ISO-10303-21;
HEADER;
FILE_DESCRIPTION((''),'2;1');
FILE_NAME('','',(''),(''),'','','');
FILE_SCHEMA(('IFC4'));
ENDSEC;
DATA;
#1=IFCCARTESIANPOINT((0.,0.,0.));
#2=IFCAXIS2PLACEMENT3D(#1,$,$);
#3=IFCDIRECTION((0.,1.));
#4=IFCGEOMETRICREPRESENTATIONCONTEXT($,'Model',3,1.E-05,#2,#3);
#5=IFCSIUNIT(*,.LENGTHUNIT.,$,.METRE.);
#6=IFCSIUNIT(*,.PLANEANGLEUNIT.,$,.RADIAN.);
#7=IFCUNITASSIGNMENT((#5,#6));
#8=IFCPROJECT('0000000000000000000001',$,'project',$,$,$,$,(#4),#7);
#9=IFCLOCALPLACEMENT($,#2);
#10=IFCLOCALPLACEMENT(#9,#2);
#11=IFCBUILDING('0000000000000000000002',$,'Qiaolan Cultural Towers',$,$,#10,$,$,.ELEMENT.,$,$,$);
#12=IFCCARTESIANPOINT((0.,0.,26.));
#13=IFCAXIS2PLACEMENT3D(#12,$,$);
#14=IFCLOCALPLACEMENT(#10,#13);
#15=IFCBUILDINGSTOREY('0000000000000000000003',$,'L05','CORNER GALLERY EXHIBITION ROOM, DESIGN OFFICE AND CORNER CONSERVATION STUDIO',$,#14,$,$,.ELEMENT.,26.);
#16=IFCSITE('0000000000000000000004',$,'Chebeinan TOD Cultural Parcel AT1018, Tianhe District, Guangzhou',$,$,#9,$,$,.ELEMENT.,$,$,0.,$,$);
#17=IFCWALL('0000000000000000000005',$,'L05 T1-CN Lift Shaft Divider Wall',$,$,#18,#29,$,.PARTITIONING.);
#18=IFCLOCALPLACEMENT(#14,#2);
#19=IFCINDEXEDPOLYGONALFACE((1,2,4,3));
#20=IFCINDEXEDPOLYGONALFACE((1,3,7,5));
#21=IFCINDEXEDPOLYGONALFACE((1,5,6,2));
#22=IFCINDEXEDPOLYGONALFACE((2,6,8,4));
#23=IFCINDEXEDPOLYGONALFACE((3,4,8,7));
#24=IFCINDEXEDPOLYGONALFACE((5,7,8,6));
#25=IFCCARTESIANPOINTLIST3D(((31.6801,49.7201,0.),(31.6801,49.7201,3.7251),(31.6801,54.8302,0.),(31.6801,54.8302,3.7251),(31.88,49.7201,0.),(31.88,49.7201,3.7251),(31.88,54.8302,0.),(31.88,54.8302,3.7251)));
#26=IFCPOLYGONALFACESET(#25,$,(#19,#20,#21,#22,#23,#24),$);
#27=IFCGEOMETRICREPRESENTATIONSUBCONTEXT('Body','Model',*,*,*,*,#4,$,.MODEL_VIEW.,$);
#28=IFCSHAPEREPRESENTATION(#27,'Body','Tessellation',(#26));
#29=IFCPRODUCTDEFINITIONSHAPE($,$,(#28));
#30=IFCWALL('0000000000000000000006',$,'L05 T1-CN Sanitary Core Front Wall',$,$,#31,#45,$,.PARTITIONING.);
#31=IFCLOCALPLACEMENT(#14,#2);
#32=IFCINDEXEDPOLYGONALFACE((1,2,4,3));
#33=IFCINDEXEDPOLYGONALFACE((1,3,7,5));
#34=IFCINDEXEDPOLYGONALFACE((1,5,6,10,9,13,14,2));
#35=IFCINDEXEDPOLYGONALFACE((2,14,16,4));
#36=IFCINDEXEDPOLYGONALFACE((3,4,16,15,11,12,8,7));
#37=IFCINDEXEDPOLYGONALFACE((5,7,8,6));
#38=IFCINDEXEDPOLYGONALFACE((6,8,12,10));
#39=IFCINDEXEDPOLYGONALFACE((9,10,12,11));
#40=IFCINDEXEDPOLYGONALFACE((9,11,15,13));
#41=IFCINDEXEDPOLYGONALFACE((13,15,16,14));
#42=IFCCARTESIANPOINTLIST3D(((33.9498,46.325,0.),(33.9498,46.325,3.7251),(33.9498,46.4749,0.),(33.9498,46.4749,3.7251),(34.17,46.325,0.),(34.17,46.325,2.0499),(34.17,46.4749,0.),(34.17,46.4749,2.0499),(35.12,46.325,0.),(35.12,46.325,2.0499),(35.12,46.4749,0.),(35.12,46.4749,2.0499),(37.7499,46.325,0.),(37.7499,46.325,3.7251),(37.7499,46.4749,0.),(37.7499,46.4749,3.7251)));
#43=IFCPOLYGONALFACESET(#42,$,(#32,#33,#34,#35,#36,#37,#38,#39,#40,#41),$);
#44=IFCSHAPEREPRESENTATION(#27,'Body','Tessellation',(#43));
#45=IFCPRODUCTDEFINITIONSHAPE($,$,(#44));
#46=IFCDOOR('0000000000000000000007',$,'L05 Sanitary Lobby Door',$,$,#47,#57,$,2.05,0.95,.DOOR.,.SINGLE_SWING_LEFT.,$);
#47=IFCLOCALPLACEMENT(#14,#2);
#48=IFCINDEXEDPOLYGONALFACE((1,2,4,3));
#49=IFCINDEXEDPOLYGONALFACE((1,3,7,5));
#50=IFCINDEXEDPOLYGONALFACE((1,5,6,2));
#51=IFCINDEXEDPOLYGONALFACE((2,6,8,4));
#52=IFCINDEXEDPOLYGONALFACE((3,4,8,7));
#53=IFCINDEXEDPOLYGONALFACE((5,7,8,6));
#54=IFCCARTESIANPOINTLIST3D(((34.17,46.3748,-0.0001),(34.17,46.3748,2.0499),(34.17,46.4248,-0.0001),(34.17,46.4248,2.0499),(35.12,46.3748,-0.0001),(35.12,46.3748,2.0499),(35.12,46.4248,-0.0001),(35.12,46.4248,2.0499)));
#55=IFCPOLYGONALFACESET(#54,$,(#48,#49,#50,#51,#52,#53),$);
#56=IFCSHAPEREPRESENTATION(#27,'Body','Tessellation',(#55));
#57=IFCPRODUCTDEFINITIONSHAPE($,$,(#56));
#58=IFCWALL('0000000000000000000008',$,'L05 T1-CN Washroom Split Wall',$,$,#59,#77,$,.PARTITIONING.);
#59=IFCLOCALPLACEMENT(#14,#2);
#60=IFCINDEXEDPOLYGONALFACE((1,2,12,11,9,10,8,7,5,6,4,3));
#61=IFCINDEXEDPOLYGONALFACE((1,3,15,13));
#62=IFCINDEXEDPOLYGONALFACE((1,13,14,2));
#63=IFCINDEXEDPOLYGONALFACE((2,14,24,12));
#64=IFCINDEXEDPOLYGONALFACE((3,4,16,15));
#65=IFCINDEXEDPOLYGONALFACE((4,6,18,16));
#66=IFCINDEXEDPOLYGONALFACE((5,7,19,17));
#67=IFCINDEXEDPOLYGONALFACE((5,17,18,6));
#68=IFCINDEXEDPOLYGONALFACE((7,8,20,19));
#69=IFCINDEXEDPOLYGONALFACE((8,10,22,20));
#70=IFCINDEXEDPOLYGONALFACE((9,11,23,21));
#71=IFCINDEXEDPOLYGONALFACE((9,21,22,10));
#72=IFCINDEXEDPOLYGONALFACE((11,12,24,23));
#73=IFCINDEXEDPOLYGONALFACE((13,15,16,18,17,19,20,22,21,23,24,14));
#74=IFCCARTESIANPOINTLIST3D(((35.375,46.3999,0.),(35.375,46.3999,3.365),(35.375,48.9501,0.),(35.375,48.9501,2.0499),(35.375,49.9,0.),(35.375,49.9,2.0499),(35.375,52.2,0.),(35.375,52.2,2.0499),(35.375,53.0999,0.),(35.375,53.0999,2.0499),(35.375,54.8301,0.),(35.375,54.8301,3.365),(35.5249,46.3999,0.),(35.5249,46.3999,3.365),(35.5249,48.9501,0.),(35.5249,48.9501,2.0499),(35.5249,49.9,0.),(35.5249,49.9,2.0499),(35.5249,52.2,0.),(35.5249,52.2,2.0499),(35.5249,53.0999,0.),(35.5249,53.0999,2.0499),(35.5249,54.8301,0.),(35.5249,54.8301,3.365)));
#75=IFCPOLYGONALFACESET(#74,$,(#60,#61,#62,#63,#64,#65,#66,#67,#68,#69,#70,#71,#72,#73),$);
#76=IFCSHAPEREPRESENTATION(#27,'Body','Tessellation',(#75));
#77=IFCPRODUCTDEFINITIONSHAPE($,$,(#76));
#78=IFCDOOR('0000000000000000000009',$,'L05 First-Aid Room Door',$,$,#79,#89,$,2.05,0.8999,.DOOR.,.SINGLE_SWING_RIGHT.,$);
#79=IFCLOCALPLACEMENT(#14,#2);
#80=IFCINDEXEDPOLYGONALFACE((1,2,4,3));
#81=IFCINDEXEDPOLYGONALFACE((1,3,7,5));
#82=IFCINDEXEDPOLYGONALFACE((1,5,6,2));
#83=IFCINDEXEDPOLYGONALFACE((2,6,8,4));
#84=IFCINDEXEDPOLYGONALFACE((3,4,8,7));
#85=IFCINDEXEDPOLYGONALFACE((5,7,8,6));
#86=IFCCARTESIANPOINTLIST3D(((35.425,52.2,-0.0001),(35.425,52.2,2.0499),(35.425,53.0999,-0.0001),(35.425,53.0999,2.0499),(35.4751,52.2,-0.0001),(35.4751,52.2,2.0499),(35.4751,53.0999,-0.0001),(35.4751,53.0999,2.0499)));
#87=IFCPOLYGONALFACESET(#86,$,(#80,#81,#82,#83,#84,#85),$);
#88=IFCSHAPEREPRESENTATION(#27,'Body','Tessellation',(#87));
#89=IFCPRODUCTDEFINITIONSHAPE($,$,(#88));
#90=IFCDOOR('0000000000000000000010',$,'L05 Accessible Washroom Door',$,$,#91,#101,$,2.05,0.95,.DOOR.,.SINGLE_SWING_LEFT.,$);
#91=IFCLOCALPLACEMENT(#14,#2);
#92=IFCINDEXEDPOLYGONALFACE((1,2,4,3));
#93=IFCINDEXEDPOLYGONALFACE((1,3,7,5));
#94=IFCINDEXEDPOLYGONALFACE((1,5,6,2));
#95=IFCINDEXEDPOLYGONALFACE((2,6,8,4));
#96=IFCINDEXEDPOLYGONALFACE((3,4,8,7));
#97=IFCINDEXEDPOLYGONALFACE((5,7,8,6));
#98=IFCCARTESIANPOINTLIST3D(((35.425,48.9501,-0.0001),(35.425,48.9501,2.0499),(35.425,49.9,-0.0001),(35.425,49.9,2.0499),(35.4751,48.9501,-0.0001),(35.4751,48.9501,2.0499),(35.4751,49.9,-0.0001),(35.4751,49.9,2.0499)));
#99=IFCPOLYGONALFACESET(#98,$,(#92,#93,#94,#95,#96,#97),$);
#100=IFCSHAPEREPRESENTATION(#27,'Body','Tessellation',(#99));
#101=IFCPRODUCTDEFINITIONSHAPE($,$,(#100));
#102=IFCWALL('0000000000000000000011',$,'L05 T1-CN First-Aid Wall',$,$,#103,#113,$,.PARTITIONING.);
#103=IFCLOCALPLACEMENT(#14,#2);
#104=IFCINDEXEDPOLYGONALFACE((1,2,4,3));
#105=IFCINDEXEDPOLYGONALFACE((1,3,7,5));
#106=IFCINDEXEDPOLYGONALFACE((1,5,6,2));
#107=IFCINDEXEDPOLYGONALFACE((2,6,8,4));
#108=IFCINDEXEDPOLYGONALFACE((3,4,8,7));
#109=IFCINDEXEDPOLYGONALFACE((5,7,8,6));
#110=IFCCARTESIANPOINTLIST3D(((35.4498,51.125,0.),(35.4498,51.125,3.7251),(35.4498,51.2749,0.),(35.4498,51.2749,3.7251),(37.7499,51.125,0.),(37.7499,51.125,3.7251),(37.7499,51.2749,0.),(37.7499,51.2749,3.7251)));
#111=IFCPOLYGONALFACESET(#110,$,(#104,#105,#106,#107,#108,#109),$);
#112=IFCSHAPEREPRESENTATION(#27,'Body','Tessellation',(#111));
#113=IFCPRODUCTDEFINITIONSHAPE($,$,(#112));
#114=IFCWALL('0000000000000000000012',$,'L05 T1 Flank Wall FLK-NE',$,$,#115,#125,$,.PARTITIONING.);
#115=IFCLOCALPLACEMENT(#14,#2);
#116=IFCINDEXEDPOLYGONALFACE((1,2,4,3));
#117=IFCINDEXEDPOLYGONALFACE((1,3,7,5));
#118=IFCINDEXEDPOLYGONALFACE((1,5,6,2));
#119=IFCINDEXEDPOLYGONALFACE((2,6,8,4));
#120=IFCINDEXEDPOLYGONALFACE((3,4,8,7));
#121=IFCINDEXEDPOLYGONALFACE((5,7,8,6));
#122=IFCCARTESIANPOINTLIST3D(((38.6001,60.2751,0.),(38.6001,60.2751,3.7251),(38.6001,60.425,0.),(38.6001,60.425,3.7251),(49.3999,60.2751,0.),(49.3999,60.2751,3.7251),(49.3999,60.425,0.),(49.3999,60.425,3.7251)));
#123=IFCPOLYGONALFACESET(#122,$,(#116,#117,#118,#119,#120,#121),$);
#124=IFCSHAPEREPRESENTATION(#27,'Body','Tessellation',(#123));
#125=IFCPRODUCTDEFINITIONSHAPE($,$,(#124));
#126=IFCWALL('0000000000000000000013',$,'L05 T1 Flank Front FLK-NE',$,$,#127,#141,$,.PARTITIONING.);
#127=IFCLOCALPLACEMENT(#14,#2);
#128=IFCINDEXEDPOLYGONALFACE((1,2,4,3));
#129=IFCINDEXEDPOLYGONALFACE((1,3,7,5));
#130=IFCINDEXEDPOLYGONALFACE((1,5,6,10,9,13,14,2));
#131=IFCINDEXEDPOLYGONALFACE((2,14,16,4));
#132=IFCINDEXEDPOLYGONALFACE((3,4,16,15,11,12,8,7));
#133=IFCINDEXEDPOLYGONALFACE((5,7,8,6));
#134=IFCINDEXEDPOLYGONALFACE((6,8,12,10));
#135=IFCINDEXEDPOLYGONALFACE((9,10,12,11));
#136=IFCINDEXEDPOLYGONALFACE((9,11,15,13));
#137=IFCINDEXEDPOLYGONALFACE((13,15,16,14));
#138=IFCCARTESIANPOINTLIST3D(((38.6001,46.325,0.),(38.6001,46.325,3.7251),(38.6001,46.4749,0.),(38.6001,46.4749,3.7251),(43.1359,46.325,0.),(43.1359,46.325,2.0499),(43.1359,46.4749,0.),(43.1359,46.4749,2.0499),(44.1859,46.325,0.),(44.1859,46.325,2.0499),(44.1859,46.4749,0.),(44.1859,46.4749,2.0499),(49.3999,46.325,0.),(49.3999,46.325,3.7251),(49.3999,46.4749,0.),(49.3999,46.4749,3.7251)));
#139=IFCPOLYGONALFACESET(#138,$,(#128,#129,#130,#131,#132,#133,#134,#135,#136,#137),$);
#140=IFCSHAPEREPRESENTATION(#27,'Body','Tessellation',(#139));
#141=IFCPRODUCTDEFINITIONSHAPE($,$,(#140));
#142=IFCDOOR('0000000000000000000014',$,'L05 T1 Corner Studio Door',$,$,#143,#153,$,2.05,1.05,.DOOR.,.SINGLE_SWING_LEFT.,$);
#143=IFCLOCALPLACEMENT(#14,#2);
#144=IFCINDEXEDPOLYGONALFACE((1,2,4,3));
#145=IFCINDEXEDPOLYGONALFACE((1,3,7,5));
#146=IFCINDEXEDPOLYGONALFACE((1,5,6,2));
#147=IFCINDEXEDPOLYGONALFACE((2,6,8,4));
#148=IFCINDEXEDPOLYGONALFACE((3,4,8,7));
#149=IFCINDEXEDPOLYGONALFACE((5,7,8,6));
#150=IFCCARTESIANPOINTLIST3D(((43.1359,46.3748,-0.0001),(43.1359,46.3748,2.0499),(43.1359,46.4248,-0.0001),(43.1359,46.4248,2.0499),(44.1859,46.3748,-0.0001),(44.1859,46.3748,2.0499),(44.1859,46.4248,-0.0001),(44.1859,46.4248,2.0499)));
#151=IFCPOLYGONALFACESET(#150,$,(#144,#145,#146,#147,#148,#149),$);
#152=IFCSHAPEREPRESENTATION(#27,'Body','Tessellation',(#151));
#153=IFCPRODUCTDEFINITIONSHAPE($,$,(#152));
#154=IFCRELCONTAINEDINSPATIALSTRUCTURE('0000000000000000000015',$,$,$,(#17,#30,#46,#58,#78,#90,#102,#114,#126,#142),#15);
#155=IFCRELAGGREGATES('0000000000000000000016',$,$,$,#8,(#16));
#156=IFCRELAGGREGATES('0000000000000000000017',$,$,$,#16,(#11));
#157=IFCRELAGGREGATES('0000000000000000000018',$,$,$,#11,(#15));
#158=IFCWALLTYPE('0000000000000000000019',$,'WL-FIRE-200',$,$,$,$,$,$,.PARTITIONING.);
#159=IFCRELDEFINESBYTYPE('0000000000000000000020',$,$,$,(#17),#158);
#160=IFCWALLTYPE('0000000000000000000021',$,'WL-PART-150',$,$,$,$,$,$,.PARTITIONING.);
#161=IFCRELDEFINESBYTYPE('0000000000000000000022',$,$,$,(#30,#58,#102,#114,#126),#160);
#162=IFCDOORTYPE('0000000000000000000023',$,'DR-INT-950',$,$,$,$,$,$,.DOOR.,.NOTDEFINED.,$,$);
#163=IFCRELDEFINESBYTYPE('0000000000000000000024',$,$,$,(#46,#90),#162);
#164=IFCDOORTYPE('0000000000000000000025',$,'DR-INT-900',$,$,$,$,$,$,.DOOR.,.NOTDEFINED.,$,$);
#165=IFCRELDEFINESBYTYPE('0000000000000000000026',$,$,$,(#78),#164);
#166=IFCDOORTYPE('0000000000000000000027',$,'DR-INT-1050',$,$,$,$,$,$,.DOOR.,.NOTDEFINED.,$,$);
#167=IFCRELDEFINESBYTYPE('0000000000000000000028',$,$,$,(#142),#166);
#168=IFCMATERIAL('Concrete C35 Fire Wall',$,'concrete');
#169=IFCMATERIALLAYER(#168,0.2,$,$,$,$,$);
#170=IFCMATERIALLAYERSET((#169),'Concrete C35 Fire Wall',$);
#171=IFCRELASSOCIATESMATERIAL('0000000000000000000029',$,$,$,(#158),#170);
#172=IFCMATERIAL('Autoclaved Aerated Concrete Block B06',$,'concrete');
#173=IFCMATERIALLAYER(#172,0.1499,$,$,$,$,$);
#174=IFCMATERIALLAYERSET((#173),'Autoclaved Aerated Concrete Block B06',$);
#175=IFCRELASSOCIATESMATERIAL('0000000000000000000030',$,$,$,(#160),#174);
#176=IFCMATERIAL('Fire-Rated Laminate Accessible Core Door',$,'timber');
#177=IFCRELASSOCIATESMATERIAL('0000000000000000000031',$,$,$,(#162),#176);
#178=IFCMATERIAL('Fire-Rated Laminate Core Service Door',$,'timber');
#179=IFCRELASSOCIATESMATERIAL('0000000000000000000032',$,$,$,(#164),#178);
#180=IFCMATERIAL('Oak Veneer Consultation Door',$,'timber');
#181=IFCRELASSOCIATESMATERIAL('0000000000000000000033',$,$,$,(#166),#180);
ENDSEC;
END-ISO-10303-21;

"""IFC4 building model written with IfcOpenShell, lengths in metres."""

from ifc_helpers import new_model, si_unit, direction, frame, frame_2d, origin, place, context, subcontext, project, spatial, rectangle, extrude, material, layer, layer_set, type_object, element, fill, save


model = new_model("IFC4")

# Units and contexts
model_context = context("Model", 3, precision=1e-05, world=origin(), true_north=direction((0.0, 1.0)))
body_context = subcontext(model_context, "Body", "Model", "MODEL_VIEW")
ifc_project = project(units=[si_unit("LENGTHUNIT", "METRE"), si_unit("PLANEANGLEUNIT", "RADIAN")], contexts=[model_context])

# Site, building, storey
site_placement = place(None, origin())
site = spatial("IfcSite", under=ifc_project, at=site_placement, Name="Chebeinan TOD Cultural Parcel AT1018, Tianhe District, Guangzhou", CompositionType="ELEMENT", RefElevation=0.0)
building_placement = place(site_placement, origin())
building = spatial("IfcBuilding", under=site, at=building_placement, Name="Qiaolan Cultural Towers", CompositionType="ELEMENT")
storey_placement = place(building_placement, frame((0.0, 0.0, 26.0)))
storey = spatial("IfcBuildingStorey", under=building, at=storey_placement, Name="L05", Description="CORNER GALLERY EXHIBITION ROOM, DESIGN OFFICE AND CORNER CONSERVATION STUDIO", CompositionType="ELEMENT", Elevation=26.0)

# Wall
ifc_material_1 = material(Name="Concrete C35 Fire Wall", Category="concrete")
ifc_layer_1 = layer(ifc_material_1, 0.2)
ifc_layer_set_1 = layer_set([ifc_layer_1], Name="Concrete C35 Fire Wall")
wall_type_1 = type_object("IfcWallType", Name="WL-FIRE-200", PredefinedType="PARTITIONING", material=ifc_layer_set_1)
wall_1_placement = place(storey_placement, frame((31.78, 49.72, 0.0), z_axis=(0.0, 0.0, 1.0), x_axis=(0.0, 1.0, 0.0)))
element("IfcWall", 1, at=wall_1_placement, inside=storey, type_object=wall_type_1, Name="L05 T1-CN Lift Shaft Divider Wall", PredefinedType="PARTITIONING", context=body_context, shape_type="SweptSolid", body=[
    extrude(rectangle(XDim=5.1101, YDim=0.2, at=frame_2d((2.5552, 0.0))), origin(), (0.0, 0.0, 1.0), 3.7251),
])

# Wall, opening, door
ifc_material_2 = material(Name="Autoclaved Aerated Concrete Block B06", Category="concrete")
ifc_layer_2 = layer(ifc_material_2, 0.1499)
ifc_layer_set_2 = layer_set([ifc_layer_2], Name="Autoclaved Aerated Concrete Block B06")
wall_type_2 = type_object("IfcWallType", Name="WL-PART-150", PredefinedType="PARTITIONING", material=ifc_layer_set_2)
wall_2_placement = place(storey_placement, frame((33.95, 46.3999, 0.0), z_axis=(0.0, 0.0, 1.0), x_axis=(1.0, 0.0, 0.0)))
wall_2 = element("IfcWall", 2, at=wall_2_placement, inside=storey, type_object=wall_type_2, Name="L05 T1-CN Sanitary Core Front Wall", PredefinedType="PARTITIONING", context=body_context, shape_type="SweptSolid", body=[
    extrude(rectangle(XDim=3.8, YDim=0.1499, at=frame_2d((1.8999, 0.0))), origin(), (0.0, 0.0, 1.0), 3.7251),
])
opening_1_placement = place(wall_2_placement, frame((0.22, 0.0, 0.0)))
opening_1 = element("IfcOpeningElement", 3, at=opening_1_placement, cuts=wall_2, PredefinedType="OPENING", context=body_context, shape_type="SweptSolid", body=[
    extrude(rectangle(XDim=0.95, YDim=2.05, at=frame_2d((0.4751, 1.0249))), frame((0.0, 0.085, 0.0), z_axis=(0.0, -1.0, 0.0), x_axis=(1.0, 0.0, 0.0)), (0.0, 0.0, 1.0), 0.1699),
])
ifc_material_3 = material(Name="Fire-Rated Laminate Accessible Core Door", Category="timber")
door_type_1 = type_object("IfcDoorType", Name="DR-INT-950", OperationType="NOTDEFINED", PredefinedType="DOOR", material=ifc_material_3)
door_1_placement = place(opening_1_placement, origin())
door_1 = element("IfcDoor", 4, at=door_1_placement, inside=storey, type_object=door_type_1, Name="L05 Sanitary Lobby Door", OperationType="SINGLE_SWING_LEFT", OverallHeight=2.05, OverallWidth=0.95, PredefinedType="DOOR", context=body_context, shape_type="SweptSolid", body=[
    extrude(rectangle(XDim=0.95, YDim=2.05, at=frame_2d((0.4751, 1.0249))), frame((0.0, 0.0249, 0.0), z_axis=(0.0, -1.0, 0.0), x_axis=(1.0, 0.0, 0.0)), (0.0, 0.0, 1.0), 0.05),
])
fill(opening_1, door_1)

# Wall, openings, doors
wall_3_placement = place(storey_placement, frame((35.45, 46.3999, 0.0), z_axis=(0.0, 0.0, 1.0), x_axis=(0.0, 1.0, 0.0)))
wall_3 = element("IfcWall", 5, at=wall_3_placement, inside=storey, type_object=wall_type_2, Name="L05 T1-CN Washroom Split Wall", PredefinedType="PARTITIONING", context=body_context, shape_type="SweptSolid", body=[
    extrude(rectangle(XDim=8.4302, YDim=0.1499, at=frame_2d((4.2151, 0.0))), origin(), (0.0, 0.0, 1.0), 3.365),
])
opening_2_placement = place(wall_3_placement, frame((2.55, 0.0, 0.0)))
opening_2 = element("IfcOpeningElement", 6, at=opening_2_placement, cuts=wall_3, PredefinedType="OPENING", context=body_context, shape_type="SweptSolid", body=[
    extrude(rectangle(XDim=0.95, YDim=2.05, at=frame_2d((0.4751, 1.0249))), frame((0.0, 0.085, 0.0), z_axis=(0.0, -1.0, 0.0), x_axis=(1.0, 0.0, 0.0)), (0.0, 0.0, 1.0), 0.1699),
])
opening_3_placement = place(wall_3_placement, frame((5.8, 0.0, 0.0)))
opening_3 = element("IfcOpeningElement", 7, at=opening_3_placement, cuts=wall_3, PredefinedType="OPENING", context=body_context, shape_type="SweptSolid", body=[
    extrude(rectangle(XDim=0.8999, YDim=2.05, at=frame_2d((0.45, 1.0249))), frame((0.0, 0.085, 0.0), z_axis=(0.0, -1.0, 0.0), x_axis=(1.0, 0.0, 0.0)), (0.0, 0.0, 1.0), 0.1699),
])
ifc_material_4 = material(Name="Fire-Rated Laminate Core Service Door", Category="timber")
door_type_2 = type_object("IfcDoorType", Name="DR-INT-900", OperationType="NOTDEFINED", PredefinedType="DOOR", material=ifc_material_4)
door_2_placement = place(opening_3_placement, origin())
door_2 = element("IfcDoor", 8, at=door_2_placement, inside=storey, type_object=door_type_2, Name="L05 First-Aid Room Door", OperationType="SINGLE_SWING_RIGHT", OverallHeight=2.05, OverallWidth=0.8999, PredefinedType="DOOR", context=body_context, shape_type="SweptSolid", body=[
    extrude(rectangle(XDim=0.8999, YDim=2.05, at=frame_2d((0.45, 1.0249))), frame((0.0, 0.0249, 0.0), z_axis=(0.0, -1.0, 0.0), x_axis=(1.0, 0.0, 0.0)), (0.0, 0.0, 1.0), 0.05),
])
fill(opening_3, door_2)
door_3_placement = place(opening_2_placement, origin())
door_3 = element("IfcDoor", 9, at=door_3_placement, inside=storey, type_object=door_type_1, Name="L05 Accessible Washroom Door", OperationType="SINGLE_SWING_LEFT", OverallHeight=2.05, OverallWidth=0.95, PredefinedType="DOOR", context=body_context, shape_type="SweptSolid", body=[
    extrude(rectangle(XDim=0.95, YDim=2.05, at=frame_2d((0.4751, 1.0249))), frame((0.0, 0.0249, 0.0), z_axis=(0.0, -1.0, 0.0), x_axis=(1.0, 0.0, 0.0)), (0.0, 0.0, 1.0), 0.05),
])
fill(opening_2, door_3)

# Walls
wall_4_placement = place(storey_placement, frame((35.45, 51.2, 0.0), z_axis=(0.0, 0.0, 1.0), x_axis=(1.0, 0.0, 0.0)))
element("IfcWall", 10, at=wall_4_placement, inside=storey, type_object=wall_type_2, Name="L05 T1-CN First-Aid Wall", PredefinedType="PARTITIONING", context=body_context, shape_type="SweptSolid", body=[
    extrude(rectangle(XDim=2.3, YDim=0.1499, at=frame_2d((1.1499, 0.0))), origin(), (0.0, 0.0, 1.0), 3.7251),
])
wall_5_placement = place(storey_placement, frame((38.6001, 60.3501, 0.0), z_axis=(0.0, 0.0, 1.0), x_axis=(1.0, 0.0, 0.0)))
element("IfcWall", 11, at=wall_5_placement, inside=storey, type_object=wall_type_2, Name="L05 T1 Flank Wall FLK-NE", PredefinedType="PARTITIONING", context=body_context, shape_type="SweptSolid", body=[
    extrude(rectangle(XDim=10.7998, YDim=0.1499, at=frame_2d((5.3999, 0.0))), origin(), (0.0, 0.0, 1.0), 3.7251),
])

# Wall, opening, door
wall_6_placement = place(storey_placement, frame((38.6001, 46.3999, 0.0), z_axis=(0.0, 0.0, 1.0), x_axis=(1.0, 0.0, 0.0)))
wall_6 = element("IfcWall", 12, at=wall_6_placement, inside=storey, type_object=wall_type_2, Name="L05 T1 Flank Front FLK-NE", PredefinedType="PARTITIONING", context=body_context, shape_type="SweptSolid", body=[
    extrude(rectangle(XDim=10.7998, YDim=0.1499, at=frame_2d((5.3999, 0.0))), origin(), (0.0, 0.0, 1.0), 3.7251),
])
opening_4_placement = place(wall_6_placement, frame((4.5359, 0.0, 0.0)))
opening_4 = element("IfcOpeningElement", 13, at=opening_4_placement, cuts=wall_6, PredefinedType="OPENING", context=body_context, shape_type="SweptSolid", body=[
    extrude(rectangle(XDim=1.05, YDim=2.05, at=frame_2d((0.5249, 1.0249))), frame((0.0, 0.085, 0.0), z_axis=(0.0, -1.0, 0.0), x_axis=(1.0, 0.0, 0.0)), (0.0, 0.0, 1.0), 0.1699),
])
ifc_material_5 = material(Name="Oak Veneer Consultation Door", Category="timber")
door_type_3 = type_object("IfcDoorType", Name="DR-INT-1050", OperationType="NOTDEFINED", PredefinedType="DOOR", material=ifc_material_5)
door_4_placement = place(opening_4_placement, origin())
door_4 = element("IfcDoor", 14, at=door_4_placement, inside=storey, type_object=door_type_3, Name="L05 T1 Corner Studio Door", OperationType="SINGLE_SWING_LEFT", OverallHeight=2.05, OverallWidth=1.05, PredefinedType="DOOR", context=body_context, shape_type="SweptSolid", body=[
    extrude(rectangle(XDim=1.05, YDim=2.05, at=frame_2d((0.5249, 1.0249))), frame((0.0, 0.0249, 0.0), z_axis=(0.0, -1.0, 0.0), x_axis=(1.0, 0.0, 0.0)), (0.0, 0.0, 1.0), 0.05),
])
fill(opening_4, door_4)

save(model, "model.ifc")
